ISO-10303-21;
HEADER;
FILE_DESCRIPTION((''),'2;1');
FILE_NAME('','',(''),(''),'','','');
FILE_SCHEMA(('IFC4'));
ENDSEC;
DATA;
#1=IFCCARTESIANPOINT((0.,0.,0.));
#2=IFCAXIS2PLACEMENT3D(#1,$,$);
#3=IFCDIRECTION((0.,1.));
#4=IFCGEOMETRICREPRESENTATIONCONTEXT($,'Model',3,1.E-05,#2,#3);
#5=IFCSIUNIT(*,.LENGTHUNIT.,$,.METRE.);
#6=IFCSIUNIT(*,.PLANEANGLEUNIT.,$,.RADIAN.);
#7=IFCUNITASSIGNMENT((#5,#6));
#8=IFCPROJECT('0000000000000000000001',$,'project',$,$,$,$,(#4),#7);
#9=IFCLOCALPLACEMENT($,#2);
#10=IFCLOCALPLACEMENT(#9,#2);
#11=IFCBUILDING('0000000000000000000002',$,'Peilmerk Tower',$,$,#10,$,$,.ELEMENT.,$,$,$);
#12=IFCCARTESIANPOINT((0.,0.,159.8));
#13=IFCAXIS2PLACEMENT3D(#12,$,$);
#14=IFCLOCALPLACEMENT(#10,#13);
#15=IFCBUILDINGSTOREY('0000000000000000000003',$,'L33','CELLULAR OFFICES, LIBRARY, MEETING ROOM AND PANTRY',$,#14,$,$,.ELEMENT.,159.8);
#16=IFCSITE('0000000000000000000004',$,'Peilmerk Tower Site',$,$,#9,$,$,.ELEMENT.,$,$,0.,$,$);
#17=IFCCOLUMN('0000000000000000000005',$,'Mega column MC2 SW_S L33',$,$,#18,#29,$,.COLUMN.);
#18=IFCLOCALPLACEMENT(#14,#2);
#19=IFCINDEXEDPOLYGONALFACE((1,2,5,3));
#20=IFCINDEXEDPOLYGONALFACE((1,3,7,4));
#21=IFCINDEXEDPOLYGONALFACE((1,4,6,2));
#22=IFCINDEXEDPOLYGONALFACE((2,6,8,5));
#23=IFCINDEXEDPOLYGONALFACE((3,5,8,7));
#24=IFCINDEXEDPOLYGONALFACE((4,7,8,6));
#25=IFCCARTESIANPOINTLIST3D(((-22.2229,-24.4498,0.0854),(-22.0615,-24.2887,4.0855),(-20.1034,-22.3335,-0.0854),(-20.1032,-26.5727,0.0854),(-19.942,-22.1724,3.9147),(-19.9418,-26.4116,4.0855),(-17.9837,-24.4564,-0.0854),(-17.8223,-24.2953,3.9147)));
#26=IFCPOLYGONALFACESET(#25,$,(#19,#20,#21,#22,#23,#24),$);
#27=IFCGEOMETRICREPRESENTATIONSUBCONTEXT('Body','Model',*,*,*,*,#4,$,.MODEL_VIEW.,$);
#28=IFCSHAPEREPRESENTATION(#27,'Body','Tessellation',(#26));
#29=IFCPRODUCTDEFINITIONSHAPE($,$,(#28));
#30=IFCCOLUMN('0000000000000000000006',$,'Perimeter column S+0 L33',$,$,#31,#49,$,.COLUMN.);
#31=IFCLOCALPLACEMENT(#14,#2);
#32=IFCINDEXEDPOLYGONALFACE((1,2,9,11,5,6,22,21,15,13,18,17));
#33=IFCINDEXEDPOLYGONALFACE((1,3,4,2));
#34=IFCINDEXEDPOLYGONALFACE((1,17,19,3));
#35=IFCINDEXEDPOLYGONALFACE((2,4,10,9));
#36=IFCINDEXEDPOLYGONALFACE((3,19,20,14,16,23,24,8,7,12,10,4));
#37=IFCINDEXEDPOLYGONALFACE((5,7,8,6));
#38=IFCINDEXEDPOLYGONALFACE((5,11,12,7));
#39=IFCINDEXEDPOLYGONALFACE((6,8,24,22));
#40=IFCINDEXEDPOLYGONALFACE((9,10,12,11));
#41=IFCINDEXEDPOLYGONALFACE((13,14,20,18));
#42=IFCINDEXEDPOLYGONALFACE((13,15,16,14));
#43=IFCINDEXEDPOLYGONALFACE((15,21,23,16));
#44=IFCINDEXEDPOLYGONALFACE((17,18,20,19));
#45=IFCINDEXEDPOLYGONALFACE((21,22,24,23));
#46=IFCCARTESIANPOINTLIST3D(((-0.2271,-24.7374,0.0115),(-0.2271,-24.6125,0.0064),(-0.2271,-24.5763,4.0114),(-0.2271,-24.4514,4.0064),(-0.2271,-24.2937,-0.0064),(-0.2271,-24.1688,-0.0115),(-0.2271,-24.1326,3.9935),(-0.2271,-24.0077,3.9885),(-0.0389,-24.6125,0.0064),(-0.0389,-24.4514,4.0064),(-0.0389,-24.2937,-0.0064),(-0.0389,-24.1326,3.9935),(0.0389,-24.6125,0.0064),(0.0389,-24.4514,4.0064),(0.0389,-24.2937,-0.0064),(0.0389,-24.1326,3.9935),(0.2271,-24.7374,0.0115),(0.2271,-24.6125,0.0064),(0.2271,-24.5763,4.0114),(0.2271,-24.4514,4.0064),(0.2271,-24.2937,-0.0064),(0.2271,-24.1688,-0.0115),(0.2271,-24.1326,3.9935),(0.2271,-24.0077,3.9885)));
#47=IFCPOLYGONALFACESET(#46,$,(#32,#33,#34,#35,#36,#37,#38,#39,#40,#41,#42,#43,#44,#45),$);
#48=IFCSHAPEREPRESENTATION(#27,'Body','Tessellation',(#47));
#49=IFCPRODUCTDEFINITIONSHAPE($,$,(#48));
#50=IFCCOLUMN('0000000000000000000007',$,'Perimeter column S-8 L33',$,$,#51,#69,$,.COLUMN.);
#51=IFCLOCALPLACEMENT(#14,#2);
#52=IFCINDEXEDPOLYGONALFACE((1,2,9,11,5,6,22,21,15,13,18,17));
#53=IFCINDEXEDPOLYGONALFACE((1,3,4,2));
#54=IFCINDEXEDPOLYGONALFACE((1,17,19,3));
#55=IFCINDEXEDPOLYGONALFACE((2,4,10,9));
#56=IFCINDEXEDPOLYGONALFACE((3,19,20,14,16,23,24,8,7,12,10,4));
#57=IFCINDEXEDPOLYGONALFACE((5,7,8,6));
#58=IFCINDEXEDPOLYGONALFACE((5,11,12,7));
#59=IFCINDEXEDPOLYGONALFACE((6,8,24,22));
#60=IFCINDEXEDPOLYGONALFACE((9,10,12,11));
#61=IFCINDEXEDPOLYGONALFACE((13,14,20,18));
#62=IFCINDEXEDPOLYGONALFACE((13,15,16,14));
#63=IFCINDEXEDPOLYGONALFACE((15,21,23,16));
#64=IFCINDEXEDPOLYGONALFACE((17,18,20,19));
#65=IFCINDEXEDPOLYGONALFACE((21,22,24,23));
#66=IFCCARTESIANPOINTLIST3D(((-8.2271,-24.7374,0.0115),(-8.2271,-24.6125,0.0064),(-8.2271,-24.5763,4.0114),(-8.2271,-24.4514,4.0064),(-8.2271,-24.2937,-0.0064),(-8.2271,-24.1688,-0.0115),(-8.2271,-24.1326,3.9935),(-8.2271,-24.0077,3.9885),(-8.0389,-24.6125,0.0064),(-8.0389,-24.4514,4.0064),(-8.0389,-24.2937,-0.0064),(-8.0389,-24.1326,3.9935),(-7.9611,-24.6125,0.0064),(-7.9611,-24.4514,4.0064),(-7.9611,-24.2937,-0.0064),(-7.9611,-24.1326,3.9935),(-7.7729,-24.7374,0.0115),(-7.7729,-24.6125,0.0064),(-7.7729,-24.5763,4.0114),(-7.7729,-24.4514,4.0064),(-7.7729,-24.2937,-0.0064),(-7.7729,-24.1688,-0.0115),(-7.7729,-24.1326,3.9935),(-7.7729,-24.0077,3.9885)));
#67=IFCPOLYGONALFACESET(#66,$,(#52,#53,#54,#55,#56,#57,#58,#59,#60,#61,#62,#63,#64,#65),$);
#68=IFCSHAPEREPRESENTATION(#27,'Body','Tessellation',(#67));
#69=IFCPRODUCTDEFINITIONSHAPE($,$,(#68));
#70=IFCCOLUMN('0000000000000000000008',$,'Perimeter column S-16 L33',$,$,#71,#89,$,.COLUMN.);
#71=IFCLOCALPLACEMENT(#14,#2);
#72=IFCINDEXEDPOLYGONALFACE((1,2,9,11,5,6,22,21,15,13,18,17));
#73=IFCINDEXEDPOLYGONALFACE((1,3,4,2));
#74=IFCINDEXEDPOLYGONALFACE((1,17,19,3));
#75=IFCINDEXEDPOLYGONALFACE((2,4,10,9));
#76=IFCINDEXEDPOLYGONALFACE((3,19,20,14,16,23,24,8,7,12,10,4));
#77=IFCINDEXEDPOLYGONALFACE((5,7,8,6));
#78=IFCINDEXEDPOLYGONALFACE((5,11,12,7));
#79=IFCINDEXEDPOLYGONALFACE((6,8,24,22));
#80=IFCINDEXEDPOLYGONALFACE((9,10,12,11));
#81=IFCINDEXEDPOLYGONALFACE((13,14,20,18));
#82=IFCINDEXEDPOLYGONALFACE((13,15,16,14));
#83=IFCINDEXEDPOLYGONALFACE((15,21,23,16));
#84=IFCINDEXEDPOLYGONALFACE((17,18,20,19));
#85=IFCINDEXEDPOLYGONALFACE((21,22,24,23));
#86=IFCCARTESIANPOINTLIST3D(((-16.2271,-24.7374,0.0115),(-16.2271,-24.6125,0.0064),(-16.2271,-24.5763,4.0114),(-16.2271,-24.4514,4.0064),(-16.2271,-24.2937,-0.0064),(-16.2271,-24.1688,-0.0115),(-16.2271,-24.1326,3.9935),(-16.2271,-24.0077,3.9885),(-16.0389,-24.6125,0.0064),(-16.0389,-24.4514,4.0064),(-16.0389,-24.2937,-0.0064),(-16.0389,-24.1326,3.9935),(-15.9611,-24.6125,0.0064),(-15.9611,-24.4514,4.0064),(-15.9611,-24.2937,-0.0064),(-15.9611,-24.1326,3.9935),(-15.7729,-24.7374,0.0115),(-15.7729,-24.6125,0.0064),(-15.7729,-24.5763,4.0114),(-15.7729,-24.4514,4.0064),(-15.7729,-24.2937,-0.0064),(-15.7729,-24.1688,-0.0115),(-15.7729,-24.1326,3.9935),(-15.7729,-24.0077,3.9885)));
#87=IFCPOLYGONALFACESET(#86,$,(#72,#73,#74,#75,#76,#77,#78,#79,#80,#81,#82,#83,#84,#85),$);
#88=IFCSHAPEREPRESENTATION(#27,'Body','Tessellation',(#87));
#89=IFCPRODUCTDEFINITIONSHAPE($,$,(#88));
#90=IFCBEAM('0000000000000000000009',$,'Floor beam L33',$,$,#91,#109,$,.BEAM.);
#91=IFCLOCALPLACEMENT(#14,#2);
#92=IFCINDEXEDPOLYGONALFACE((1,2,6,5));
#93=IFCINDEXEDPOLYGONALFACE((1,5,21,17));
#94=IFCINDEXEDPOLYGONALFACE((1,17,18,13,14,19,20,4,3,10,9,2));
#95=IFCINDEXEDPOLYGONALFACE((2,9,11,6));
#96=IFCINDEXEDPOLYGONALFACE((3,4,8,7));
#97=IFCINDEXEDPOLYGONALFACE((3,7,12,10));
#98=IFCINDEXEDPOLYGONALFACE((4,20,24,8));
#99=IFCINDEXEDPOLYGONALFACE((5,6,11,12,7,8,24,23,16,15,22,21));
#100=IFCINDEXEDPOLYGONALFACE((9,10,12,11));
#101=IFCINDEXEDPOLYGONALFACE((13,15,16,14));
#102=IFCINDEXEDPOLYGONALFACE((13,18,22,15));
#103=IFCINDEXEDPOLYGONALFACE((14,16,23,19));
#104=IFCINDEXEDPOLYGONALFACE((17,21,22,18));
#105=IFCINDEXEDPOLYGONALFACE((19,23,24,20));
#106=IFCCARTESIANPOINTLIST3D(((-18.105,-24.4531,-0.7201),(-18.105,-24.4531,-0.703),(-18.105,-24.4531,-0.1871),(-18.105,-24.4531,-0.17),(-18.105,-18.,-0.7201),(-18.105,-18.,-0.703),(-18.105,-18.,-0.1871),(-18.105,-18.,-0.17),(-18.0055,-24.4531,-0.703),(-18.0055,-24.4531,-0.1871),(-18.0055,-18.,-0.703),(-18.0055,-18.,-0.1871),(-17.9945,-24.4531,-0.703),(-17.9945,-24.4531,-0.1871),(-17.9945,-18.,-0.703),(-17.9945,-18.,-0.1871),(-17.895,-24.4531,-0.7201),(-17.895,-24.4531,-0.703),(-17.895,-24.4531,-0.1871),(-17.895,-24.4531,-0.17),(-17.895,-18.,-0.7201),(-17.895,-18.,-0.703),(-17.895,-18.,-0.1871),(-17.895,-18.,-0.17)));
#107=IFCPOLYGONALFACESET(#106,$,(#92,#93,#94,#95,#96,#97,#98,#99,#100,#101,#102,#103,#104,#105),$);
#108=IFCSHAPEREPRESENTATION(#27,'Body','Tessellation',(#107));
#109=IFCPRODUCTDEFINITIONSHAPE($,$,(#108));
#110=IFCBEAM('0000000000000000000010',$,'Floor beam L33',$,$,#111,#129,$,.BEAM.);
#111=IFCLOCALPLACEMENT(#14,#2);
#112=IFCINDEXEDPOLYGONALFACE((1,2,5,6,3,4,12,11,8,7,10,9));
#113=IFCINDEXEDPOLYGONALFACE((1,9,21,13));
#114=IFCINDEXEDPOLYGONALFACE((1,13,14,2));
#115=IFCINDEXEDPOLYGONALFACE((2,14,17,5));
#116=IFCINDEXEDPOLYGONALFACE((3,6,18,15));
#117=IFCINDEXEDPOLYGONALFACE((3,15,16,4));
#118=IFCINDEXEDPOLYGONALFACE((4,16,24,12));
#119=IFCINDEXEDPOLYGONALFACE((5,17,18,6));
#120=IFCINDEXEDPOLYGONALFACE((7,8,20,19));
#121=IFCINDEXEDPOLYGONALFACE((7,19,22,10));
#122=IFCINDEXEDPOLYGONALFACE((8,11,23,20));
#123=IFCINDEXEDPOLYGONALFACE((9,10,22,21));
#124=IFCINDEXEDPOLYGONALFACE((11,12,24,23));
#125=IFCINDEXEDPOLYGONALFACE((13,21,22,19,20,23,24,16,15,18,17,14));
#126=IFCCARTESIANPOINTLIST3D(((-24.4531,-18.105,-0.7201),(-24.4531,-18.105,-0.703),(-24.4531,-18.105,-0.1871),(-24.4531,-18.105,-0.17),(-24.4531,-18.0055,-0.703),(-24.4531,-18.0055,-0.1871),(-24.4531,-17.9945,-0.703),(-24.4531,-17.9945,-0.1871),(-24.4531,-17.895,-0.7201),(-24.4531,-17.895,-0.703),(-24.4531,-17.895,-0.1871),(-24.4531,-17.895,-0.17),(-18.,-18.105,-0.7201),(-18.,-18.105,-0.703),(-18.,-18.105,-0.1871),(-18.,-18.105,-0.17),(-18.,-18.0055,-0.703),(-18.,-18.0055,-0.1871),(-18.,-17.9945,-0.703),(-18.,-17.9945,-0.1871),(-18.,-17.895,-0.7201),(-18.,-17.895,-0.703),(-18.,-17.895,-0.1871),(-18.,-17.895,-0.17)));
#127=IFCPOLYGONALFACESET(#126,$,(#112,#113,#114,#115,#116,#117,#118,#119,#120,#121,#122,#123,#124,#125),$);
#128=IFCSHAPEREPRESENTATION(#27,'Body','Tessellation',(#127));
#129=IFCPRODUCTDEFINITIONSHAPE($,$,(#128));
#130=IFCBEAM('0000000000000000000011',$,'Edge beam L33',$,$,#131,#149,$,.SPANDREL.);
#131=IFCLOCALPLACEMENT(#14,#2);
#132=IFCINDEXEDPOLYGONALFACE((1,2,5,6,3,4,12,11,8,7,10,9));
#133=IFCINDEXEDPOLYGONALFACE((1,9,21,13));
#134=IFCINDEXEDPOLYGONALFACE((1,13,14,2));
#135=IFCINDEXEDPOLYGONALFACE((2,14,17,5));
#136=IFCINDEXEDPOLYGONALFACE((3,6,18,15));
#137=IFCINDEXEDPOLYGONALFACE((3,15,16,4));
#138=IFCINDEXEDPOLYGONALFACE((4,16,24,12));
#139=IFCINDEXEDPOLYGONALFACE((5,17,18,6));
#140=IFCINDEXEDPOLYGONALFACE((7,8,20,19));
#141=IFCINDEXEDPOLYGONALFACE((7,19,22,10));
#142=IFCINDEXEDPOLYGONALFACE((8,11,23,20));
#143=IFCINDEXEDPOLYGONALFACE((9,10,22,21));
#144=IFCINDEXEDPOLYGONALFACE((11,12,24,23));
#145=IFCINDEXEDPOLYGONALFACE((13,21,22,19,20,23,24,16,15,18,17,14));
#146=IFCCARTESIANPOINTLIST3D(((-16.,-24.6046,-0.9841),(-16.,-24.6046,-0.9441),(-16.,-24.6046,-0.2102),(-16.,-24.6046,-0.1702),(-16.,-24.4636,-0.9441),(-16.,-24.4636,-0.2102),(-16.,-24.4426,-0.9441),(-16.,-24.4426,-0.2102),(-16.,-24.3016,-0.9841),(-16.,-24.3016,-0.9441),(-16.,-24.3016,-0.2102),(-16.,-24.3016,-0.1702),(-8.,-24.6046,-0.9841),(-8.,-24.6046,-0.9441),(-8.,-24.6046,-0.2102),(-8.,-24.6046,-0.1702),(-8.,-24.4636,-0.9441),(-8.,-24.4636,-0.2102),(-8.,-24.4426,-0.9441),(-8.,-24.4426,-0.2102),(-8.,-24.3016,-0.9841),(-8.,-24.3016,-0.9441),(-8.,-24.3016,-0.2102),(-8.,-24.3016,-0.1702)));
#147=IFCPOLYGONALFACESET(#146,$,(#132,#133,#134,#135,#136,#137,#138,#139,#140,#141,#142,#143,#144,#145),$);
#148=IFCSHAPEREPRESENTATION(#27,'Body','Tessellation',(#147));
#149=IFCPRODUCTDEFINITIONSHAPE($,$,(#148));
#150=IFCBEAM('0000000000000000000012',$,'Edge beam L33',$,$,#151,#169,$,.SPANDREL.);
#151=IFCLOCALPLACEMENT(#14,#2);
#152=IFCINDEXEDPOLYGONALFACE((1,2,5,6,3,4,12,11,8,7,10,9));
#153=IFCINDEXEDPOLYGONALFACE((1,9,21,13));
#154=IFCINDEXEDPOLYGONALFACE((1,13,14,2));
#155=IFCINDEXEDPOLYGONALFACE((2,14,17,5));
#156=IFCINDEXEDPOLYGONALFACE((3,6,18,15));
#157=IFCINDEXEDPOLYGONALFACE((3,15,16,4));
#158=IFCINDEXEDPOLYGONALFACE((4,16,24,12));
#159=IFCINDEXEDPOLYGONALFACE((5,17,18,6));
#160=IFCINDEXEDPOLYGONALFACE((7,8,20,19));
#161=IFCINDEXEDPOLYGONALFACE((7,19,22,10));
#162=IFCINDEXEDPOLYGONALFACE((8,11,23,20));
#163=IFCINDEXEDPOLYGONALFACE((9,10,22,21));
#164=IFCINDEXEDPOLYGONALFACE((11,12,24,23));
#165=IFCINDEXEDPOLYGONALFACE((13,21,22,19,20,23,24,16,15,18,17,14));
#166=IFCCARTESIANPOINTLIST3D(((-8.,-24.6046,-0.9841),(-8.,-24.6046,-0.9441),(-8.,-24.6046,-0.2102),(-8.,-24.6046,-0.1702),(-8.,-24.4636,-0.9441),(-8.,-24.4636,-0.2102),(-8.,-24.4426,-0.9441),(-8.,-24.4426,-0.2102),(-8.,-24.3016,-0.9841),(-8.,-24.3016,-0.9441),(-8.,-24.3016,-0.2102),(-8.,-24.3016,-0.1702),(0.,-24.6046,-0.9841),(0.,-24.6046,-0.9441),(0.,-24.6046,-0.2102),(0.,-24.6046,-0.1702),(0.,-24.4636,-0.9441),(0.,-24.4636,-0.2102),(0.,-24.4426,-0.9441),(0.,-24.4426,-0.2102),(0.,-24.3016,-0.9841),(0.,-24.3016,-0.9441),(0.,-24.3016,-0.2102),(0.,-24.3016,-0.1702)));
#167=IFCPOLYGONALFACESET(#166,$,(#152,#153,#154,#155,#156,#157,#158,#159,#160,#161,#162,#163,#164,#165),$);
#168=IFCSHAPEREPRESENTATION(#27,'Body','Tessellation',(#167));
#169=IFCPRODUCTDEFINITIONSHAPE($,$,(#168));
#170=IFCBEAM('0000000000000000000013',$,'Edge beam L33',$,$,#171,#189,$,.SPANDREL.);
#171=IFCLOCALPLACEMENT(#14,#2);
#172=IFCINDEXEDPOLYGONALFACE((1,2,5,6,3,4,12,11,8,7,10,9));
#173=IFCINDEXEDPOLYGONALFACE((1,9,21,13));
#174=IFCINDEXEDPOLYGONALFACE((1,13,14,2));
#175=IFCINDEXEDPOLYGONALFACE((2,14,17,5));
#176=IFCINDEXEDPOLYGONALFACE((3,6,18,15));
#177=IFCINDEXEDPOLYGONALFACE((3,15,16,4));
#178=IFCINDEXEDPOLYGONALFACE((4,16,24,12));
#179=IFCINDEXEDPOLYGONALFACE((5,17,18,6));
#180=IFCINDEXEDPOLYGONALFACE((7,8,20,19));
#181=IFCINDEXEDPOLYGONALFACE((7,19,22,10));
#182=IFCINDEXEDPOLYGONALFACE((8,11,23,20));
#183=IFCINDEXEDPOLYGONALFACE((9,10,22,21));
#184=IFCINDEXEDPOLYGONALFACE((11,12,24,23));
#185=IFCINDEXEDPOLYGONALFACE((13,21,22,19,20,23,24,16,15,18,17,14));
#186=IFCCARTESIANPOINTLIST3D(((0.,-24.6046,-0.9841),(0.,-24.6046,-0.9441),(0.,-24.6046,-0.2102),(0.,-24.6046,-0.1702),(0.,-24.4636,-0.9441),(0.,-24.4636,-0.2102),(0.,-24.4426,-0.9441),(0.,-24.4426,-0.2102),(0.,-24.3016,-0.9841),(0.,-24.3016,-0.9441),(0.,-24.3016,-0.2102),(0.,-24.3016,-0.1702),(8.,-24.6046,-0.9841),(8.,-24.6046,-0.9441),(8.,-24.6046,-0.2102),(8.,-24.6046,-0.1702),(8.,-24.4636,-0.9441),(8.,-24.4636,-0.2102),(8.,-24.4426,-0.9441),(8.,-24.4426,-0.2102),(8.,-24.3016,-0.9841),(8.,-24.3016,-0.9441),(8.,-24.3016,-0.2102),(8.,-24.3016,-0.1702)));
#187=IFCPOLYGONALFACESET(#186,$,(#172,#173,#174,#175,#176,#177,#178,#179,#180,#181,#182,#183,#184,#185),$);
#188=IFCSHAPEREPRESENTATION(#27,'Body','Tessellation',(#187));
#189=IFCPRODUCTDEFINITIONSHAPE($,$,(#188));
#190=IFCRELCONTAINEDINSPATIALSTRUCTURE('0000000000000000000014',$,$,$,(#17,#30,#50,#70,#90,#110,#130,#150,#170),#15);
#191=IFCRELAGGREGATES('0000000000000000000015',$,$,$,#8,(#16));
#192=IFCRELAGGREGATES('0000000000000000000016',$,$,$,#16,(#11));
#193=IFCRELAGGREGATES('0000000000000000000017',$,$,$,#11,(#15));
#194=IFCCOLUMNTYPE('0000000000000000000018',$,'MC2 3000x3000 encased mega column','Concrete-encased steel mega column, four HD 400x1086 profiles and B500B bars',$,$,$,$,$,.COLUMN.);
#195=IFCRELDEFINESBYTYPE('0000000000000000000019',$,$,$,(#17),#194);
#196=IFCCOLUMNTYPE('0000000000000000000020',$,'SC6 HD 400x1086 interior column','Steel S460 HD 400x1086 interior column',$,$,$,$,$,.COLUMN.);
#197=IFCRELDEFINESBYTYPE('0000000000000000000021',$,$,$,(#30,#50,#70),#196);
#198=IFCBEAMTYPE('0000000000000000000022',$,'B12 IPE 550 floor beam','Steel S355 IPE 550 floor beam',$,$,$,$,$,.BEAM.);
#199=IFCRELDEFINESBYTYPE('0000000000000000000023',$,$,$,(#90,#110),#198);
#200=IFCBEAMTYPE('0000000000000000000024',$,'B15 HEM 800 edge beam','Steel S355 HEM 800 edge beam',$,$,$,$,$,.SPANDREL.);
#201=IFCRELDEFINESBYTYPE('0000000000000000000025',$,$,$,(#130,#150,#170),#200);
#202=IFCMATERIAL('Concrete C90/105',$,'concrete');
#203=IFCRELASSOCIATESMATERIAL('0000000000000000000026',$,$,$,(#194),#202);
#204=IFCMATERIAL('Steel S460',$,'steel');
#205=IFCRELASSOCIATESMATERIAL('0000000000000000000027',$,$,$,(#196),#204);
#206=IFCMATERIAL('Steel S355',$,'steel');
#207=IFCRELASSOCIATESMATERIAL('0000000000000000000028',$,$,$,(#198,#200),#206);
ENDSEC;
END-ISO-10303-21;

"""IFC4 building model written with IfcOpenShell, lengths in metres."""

from ifc_helpers import new_model, si_unit, direction, frame, origin, origin_2d, place, context, subcontext, project, spatial, rectangle, i_section, extrude, material, material_profile, profile_set, type_object, element, save


model = new_model("IFC4")

# Units and contexts
model_context = context("Model", 3, precision=1e-05, world=origin(), true_north=direction((0.0, 1.0)))
body_context = subcontext(model_context, "Body", "Model", "MODEL_VIEW")
ifc_project = project(units=[si_unit("LENGTHUNIT", "METRE"), si_unit("PLANEANGLEUNIT", "RADIAN")], contexts=[model_context])

# Site, building, storey
site_placement = place(None, origin())
site = spatial("IfcSite", under=ifc_project, at=site_placement, Name="Peilmerk Tower Site", CompositionType="ELEMENT", RefElevation=0.0)
building_placement = place(site_placement, origin())
building = spatial("IfcBuilding", under=site, at=building_placement, Name="Peilmerk Tower", CompositionType="ELEMENT")
storey_placement = place(building_placement, frame((0.0, 0.0, 159.8)))
storey = spatial("IfcBuildingStorey", under=building, at=storey_placement, Name="L33", Description="CELLULAR OFFICES, LIBRARY, MEETING ROOM AND PANTRY", CompositionType="ELEMENT", Elevation=159.8)

# Columns
ifc_material_1 = material(Name="Concrete C90/105", Category="concrete")
ifc_material_profile_1 = material_profile(ifc_material_1, rectangle(XDim=3.0, YDim=3.0, at=origin_2d()), Name="RC 3000x3000")
ifc_profile_set_1 = profile_set([ifc_material_profile_1], Name="Concrete C90/105")
column_type_1 = type_object("IfcColumnType", Name="MC2 3000x3000 encased mega column", Description="Concrete-encased steel mega column, four HD 400x1086 profiles and B500B bars", PredefinedType="COLUMN", material=ifc_profile_set_1)
column_placement = place(storey_placement, frame((-20.1033, -24.4531, 0.0), z_axis=(0.040279, 0.040218, 0.998379), x_axis=(-0.706571, 0.707642, 0.0)))
element("IfcColumn", 1, at=column_placement, inside=storey, type_object=column_type_1, Name="Mega column MC2 SW_S L33", PredefinedType="COLUMN", context=body_context, shape_type="SweptSolid", body=[
    extrude(rectangle(XDim=3.0, YDim=3.0, at=origin_2d()), origin(), (0.0, 0.0, 1.0), 4.0066),
])
ifc_material_2 = material(Name="Steel S460", Category="steel")
ifc_material_profile_2 = material_profile(ifc_material_2, i_section(OverallWidth=0.4541, OverallDepth=0.5691, WebThickness=0.0779, FlangeThickness=0.125, at=origin_2d()), Name="HD 400x1086")
ifc_profile_set_2 = profile_set([ifc_material_profile_2], Name="Steel S460")
column_type_2 = type_object("IfcColumnType", Name="SC6 HD 400x1086 interior column", Description="Steel S460 HD 400x1086 interior column", PredefinedType="COLUMN", material=ifc_profile_set_2)
for number, where, z_axis, x_axis, name in (
    (2, (0.0, -24.4531, 0.0), (0.0, 0.040251, 0.99919), (-1.0, 0.0, 0.0), "Perimeter column S+0 L33"),
    (3, (-8.0, -24.4531, 0.0), (0.0, 0.040251, 0.99919), (-1.0, 0.0, 0.0), "Perimeter column S-8 L33"),
    (4, (-16.0, -24.4531, 0.0), (0.0, 0.040251, 0.99919), (-1.0, 0.0, 0.0), "Perimeter column S-16 L33"),
):
    element("IfcColumn", number, at=place(storey_placement, frame(where, z_axis=z_axis, x_axis=x_axis)), inside=storey, type_object=column_type_2, Name=name, PredefinedType="COLUMN", context=body_context, shape_type="SweptSolid", body=[
        extrude(i_section(OverallWidth=0.4541, OverallDepth=0.5691, WebThickness=0.0779, FlangeThickness=0.125, at=origin_2d()), origin(), (0.0, 0.0, 1.0), 4.0032),
    ])

# Beams
ifc_material_3 = material(Name="Steel S355", Category="steel")
ifc_material_profile_3 = material_profile(ifc_material_3, i_section(OverallWidth=0.21, OverallDepth=0.55, WebThickness=0.011, FlangeThickness=0.0171, at=origin_2d()), Name="IPE 550")
ifc_profile_set_3 = profile_set([ifc_material_profile_3], Name="Steel S355")
beam_type_1 = type_object("IfcBeamType", Name="B12 IPE 550 floor beam", Description="Steel S355 IPE 550 floor beam", PredefinedType="BEAM", material=ifc_profile_set_3)
for number, where, z_axis, x_axis, name in (
    (5, (-18.0, -18.0, -0.4451), (0.0, -1.0, 0.0), (1.0, 0.0, 0.0), "Floor beam L33"),
    (6, (-18.0, -18.0, -0.4451), (-1.0, 0.0, 0.0), (0.0, -1.0, 0.0), "Floor beam L33"),
):
    element("IfcBeam", number, at=place(storey_placement, frame(where, z_axis=z_axis, x_axis=x_axis)), inside=storey, type_object=beam_type_1, Name=name, PredefinedType="BEAM", context=body_context, shape_type="SweptSolid", body=[
        extrude(i_section(OverallWidth=0.21, OverallDepth=0.55, WebThickness=0.011, FlangeThickness=0.0171, at=origin_2d()), origin(), (0.0, 0.0, 1.0), 6.4531),
    ])
ifc_material_profile_4 = material_profile(ifc_material_3, i_section(OverallWidth=0.303, OverallDepth=0.814, WebThickness=0.021, FlangeThickness=0.04, at=origin_2d()), Name="HEM 800")
ifc_profile_set_4 = profile_set([ifc_material_profile_4], Name="Steel S355")
beam_type_2 = type_object("IfcBeamType", Name="B15 HEM 800 edge beam", Description="Steel S355 HEM 800 edge beam", PredefinedType="SPANDREL", material=ifc_profile_set_4)
for number, where, z_axis, x_axis, name in (
    (7, (-16.0, -24.4531, -0.5771), (1.0, 0.0, 0.0), (0.0, 1.0, 0.0), "Edge beam L33"),
    (8, (-8.0, -24.4531, -0.5771), (1.0, 0.0, 0.0), (0.0, 1.0, 0.0), "Edge beam L33"),
    (9, (0.0, -24.4531, -0.5771), (1.0, 0.0, 0.0), (0.0, 1.0, 0.0), "Edge beam L33"),
):
    element("IfcBeam", number, at=place(storey_placement, frame(where, z_axis=z_axis, x_axis=x_axis)), inside=storey, type_object=beam_type_2, Name=name, PredefinedType="SPANDREL", context=body_context, shape_type="SweptSolid", body=[
        extrude(i_section(OverallWidth=0.303, OverallDepth=0.814, WebThickness=0.021, FlangeThickness=0.04, at=origin_2d()), origin(), (0.0, 0.0, 1.0), 8.0),
    ])

save(model, "model.ifc")
